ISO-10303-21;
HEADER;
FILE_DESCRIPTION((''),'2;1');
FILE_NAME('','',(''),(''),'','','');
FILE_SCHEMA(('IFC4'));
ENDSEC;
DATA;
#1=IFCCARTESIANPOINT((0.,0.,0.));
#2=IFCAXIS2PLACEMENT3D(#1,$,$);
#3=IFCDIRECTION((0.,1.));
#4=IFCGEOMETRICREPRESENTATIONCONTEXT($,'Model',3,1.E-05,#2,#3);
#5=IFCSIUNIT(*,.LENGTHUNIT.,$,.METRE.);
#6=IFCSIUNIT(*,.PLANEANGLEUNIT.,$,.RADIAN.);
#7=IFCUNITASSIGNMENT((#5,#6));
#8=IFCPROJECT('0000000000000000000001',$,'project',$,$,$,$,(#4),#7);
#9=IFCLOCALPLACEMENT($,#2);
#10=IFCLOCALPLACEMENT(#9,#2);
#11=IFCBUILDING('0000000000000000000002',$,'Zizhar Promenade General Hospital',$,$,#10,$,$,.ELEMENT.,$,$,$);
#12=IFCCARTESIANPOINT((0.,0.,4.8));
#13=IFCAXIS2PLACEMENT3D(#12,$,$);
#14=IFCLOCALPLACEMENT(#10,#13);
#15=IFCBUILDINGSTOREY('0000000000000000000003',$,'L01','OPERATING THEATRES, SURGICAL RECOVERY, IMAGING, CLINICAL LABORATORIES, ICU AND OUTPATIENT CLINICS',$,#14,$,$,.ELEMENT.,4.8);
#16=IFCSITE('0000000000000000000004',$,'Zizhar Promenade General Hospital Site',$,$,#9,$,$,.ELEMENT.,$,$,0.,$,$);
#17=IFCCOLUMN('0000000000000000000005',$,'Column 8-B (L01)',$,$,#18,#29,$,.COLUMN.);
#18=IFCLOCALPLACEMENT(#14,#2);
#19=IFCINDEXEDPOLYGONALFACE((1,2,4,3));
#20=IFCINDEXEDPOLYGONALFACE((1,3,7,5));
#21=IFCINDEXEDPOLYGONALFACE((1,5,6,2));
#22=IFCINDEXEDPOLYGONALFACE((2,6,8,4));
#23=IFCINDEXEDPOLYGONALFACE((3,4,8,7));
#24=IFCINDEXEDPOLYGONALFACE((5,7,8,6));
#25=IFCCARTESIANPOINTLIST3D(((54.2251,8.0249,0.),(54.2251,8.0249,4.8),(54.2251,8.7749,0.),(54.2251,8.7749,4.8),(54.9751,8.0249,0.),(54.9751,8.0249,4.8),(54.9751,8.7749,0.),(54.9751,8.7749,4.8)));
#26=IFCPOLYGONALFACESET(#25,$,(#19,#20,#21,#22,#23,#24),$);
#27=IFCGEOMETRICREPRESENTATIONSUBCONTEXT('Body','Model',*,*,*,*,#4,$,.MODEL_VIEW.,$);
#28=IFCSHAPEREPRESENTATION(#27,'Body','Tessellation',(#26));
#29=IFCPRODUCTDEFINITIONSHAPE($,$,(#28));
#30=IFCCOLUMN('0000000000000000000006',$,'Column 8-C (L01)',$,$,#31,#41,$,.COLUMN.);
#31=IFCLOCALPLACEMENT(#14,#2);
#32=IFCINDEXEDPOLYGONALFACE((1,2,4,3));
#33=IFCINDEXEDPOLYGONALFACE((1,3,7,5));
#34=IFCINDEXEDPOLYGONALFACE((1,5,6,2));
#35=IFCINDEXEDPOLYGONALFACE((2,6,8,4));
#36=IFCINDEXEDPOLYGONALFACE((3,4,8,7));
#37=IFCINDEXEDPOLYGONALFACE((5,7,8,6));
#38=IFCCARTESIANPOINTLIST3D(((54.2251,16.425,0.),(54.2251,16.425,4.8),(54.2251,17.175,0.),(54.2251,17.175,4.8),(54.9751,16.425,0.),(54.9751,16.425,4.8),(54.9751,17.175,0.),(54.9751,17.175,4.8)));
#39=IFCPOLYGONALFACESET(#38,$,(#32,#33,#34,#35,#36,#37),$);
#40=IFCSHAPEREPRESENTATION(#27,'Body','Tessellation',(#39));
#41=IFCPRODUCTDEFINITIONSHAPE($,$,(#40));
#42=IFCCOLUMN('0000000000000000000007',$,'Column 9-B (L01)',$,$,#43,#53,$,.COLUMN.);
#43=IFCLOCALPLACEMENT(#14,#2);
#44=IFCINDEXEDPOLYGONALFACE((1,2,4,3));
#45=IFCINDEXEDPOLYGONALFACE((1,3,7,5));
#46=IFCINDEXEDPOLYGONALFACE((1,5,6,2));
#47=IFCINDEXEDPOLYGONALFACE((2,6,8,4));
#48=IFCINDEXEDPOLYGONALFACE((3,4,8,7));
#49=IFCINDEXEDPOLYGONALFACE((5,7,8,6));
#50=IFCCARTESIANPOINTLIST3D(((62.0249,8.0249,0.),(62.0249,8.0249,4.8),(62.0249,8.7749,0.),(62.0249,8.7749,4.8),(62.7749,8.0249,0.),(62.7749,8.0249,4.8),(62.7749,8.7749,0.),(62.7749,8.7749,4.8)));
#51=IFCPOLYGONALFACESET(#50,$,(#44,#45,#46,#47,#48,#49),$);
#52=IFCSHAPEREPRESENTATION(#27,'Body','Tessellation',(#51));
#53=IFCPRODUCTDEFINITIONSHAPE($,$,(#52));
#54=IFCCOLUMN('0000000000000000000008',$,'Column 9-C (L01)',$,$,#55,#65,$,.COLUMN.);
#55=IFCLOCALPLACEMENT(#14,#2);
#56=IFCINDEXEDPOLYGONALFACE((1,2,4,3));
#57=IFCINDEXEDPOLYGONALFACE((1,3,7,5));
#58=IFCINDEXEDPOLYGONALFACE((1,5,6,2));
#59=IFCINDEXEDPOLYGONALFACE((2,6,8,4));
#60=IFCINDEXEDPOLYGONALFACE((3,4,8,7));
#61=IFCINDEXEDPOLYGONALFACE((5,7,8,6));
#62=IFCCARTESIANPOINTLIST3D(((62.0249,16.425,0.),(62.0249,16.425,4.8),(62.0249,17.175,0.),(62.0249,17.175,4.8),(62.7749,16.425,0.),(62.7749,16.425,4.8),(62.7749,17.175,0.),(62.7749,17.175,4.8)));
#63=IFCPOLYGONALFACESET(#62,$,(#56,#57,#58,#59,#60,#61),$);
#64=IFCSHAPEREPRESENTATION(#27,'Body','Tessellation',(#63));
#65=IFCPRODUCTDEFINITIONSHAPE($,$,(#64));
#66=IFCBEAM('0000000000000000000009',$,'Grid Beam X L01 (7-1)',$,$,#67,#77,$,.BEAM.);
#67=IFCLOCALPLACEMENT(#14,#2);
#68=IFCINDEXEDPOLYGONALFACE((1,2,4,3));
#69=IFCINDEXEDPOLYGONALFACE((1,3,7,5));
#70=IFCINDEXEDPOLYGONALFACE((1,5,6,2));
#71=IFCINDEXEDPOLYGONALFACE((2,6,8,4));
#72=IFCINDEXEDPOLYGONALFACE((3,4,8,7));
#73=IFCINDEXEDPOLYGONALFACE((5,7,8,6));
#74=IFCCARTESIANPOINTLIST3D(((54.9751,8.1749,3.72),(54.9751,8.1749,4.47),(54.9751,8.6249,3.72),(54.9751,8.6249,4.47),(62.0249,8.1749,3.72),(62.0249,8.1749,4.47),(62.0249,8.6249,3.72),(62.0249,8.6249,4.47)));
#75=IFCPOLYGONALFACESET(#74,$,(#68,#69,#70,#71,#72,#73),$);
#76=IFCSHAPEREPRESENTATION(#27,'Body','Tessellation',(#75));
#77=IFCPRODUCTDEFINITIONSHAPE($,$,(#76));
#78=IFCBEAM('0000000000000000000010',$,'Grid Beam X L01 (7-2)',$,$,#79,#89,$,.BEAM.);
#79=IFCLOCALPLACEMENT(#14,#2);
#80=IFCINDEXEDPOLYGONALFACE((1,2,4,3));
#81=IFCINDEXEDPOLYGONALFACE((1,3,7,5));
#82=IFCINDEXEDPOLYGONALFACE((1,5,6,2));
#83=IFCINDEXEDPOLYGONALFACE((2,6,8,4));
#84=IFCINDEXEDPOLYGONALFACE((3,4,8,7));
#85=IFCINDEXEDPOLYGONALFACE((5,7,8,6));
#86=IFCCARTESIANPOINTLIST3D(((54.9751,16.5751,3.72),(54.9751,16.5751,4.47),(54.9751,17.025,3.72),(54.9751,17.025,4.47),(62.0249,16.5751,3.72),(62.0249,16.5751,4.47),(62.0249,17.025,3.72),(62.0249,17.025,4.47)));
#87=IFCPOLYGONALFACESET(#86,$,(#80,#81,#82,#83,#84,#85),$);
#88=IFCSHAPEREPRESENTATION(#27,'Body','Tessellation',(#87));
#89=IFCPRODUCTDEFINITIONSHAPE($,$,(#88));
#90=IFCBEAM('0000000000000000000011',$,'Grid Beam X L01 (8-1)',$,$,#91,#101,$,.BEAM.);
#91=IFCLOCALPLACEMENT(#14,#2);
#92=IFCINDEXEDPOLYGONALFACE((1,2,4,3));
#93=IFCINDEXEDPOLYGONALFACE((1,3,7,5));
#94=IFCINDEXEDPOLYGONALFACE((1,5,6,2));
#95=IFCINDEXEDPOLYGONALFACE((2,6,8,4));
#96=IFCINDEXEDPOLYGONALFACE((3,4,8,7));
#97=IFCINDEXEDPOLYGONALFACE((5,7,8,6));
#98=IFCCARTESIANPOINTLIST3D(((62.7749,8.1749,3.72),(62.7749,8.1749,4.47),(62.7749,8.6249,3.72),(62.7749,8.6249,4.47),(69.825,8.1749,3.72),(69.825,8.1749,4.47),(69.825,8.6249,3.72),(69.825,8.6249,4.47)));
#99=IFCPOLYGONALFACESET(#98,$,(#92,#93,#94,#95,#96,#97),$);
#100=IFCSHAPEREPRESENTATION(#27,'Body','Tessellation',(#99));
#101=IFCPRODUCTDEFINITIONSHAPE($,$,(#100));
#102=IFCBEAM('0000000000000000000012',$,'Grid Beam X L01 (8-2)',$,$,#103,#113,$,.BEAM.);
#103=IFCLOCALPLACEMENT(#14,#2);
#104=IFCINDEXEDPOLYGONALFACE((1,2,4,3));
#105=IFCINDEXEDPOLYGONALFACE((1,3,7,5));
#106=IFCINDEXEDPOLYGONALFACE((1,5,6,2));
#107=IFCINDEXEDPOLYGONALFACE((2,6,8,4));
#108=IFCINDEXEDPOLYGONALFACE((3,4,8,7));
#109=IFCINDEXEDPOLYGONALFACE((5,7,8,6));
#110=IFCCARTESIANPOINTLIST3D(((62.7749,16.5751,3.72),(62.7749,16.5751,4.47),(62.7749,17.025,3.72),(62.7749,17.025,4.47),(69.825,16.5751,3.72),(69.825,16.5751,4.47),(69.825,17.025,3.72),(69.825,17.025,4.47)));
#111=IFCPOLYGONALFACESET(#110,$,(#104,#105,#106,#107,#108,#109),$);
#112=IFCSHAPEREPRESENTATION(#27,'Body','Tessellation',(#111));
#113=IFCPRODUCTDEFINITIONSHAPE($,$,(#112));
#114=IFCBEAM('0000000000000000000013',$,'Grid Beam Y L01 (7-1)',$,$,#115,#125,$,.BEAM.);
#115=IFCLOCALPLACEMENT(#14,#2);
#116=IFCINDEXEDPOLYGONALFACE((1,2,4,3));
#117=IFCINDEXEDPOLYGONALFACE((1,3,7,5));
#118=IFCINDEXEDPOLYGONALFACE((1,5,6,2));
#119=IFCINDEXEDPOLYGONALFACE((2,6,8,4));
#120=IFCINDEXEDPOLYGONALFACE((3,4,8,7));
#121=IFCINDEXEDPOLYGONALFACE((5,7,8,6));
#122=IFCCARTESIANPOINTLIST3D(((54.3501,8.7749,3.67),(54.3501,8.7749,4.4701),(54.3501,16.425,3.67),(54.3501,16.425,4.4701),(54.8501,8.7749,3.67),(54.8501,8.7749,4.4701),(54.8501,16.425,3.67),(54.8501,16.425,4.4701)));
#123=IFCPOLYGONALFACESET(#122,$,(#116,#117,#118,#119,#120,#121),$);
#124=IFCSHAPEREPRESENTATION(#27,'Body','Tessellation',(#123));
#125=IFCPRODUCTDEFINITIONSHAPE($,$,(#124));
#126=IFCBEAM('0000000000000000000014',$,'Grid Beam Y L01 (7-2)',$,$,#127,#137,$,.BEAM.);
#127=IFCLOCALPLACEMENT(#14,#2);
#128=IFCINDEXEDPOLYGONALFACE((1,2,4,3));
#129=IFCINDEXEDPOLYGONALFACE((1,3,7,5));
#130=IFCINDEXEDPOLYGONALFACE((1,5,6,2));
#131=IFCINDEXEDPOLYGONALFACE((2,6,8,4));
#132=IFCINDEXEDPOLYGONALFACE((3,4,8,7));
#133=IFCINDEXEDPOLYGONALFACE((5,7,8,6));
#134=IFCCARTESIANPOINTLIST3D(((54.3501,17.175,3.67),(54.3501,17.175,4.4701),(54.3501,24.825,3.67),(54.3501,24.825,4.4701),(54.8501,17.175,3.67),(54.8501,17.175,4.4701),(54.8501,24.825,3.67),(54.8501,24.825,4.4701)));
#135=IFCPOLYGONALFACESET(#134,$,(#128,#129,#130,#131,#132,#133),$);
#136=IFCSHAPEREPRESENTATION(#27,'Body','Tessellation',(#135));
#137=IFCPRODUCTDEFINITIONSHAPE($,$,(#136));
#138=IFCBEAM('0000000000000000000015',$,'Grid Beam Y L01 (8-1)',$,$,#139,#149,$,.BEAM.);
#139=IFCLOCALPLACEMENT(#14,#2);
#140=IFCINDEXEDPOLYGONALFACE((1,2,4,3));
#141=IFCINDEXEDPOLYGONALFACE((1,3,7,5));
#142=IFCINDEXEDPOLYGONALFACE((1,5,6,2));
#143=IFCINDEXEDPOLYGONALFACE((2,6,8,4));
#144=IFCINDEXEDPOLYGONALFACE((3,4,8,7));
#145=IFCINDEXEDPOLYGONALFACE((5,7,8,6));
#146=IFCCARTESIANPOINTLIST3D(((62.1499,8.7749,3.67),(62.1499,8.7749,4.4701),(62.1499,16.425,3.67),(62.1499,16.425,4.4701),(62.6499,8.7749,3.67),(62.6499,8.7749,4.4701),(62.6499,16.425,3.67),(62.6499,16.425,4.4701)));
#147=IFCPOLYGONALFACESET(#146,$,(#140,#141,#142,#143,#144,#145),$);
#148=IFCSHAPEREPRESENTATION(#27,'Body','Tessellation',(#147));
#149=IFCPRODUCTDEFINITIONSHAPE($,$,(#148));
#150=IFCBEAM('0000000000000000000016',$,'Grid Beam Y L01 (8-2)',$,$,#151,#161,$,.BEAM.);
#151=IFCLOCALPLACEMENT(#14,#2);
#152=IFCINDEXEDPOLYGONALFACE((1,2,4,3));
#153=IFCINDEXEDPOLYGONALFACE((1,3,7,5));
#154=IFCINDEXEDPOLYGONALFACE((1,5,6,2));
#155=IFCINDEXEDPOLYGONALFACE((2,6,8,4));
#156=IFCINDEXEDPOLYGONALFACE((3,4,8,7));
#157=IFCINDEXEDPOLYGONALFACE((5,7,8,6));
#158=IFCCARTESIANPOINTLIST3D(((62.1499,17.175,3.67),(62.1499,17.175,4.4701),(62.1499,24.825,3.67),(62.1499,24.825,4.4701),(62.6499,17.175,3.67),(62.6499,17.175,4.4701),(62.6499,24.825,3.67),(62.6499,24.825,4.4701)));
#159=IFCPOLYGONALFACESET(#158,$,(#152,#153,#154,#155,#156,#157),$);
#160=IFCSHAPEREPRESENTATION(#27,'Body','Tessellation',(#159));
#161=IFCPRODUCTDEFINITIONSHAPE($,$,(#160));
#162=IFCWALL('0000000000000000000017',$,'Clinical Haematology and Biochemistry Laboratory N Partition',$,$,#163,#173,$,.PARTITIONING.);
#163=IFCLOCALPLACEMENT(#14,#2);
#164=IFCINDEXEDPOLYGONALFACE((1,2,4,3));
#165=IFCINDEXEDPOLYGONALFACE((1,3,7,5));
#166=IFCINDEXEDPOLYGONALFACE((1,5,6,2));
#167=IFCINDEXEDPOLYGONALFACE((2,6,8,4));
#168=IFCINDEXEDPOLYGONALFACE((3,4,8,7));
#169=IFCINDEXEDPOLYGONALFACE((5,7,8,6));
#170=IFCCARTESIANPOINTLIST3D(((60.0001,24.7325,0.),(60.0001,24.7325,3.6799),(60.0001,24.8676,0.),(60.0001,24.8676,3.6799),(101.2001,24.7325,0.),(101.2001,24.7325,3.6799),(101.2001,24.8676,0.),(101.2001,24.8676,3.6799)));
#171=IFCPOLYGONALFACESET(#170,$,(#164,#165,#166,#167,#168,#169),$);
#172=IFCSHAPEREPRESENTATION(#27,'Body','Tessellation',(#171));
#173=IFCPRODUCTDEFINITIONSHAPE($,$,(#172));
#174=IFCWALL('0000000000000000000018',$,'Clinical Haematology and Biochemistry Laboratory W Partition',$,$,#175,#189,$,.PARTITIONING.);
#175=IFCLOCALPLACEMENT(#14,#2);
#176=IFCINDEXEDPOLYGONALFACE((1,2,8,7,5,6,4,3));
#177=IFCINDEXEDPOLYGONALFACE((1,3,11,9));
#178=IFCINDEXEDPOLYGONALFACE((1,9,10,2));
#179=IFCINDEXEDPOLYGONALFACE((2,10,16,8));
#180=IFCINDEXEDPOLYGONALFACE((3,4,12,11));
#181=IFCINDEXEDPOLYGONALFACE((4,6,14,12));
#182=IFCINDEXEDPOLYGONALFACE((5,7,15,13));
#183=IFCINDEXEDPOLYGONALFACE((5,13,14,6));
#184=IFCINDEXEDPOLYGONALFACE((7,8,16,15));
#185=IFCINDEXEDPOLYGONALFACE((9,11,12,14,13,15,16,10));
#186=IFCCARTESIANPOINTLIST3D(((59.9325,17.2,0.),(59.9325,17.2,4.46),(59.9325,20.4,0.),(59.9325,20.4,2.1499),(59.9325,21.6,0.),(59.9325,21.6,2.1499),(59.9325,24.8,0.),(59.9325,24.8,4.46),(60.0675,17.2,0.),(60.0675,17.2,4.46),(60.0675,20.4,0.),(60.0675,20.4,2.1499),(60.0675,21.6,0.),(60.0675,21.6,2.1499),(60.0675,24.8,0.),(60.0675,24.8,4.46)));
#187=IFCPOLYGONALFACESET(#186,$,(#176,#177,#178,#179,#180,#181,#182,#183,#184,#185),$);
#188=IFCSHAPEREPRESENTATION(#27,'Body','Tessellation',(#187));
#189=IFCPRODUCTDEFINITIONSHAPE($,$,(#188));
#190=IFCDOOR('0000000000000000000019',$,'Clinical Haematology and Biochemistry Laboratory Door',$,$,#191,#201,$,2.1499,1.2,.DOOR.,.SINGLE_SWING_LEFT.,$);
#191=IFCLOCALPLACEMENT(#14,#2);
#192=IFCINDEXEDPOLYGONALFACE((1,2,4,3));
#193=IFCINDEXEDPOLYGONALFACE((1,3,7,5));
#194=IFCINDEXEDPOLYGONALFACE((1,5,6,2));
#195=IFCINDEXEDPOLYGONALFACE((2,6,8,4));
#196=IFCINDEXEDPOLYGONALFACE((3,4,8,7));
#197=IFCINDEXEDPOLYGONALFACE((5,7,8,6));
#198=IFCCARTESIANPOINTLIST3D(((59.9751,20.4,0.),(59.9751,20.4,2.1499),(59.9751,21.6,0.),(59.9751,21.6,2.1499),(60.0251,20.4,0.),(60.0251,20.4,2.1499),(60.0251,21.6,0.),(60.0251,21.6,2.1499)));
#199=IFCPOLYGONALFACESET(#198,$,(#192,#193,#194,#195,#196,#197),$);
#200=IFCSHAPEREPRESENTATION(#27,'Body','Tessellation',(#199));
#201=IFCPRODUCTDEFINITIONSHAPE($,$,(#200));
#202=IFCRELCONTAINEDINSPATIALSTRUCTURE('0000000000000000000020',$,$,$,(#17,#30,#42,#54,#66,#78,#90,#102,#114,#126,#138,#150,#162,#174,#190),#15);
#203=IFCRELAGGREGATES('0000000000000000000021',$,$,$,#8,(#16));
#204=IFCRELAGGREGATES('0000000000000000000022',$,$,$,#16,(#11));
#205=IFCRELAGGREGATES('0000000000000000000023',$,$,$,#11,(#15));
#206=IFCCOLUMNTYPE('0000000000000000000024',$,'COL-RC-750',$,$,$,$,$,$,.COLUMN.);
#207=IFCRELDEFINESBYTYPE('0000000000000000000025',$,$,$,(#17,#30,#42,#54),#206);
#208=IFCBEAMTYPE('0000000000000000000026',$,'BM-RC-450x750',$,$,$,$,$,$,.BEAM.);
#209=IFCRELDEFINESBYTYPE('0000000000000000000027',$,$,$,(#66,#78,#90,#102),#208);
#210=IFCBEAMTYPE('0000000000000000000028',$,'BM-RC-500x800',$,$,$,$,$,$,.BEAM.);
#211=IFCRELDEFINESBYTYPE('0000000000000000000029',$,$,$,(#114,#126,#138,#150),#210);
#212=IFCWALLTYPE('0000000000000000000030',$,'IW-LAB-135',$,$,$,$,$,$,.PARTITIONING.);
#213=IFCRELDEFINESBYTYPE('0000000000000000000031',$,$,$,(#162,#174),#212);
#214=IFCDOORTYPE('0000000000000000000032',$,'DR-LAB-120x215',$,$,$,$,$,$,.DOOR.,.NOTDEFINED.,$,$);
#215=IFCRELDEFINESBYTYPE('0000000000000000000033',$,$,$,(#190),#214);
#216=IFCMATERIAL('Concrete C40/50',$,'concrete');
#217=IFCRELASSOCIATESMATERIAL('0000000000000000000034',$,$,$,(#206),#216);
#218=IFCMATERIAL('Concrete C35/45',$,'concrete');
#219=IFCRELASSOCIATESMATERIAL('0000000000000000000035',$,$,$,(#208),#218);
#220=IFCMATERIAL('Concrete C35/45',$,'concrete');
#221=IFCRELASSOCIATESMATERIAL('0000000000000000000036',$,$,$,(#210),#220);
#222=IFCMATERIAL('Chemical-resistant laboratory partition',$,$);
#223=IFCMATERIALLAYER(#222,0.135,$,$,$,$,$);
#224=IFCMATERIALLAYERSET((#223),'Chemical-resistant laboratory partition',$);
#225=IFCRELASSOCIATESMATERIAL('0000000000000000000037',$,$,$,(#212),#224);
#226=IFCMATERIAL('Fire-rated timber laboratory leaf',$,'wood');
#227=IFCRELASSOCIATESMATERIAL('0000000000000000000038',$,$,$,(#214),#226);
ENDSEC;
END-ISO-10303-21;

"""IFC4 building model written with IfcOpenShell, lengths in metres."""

from ifc_helpers import new_model, si_unit, direction, frame, frame_2d, origin, origin_2d, place, context, subcontext, project, spatial, rectangle, extrude, material, layer, layer_set, material_profile, profile_set, type_object, element, fill, save


model = new_model("IFC4")

# Units and contexts
model_context = context("Model", 3, precision=1e-05, world=origin(), true_north=direction((0.0, 1.0)))
body_context = subcontext(model_context, "Body", "Model", "MODEL_VIEW")
ifc_project = project(units=[si_unit("LENGTHUNIT", "METRE"), si_unit("PLANEANGLEUNIT", "RADIAN")], contexts=[model_context])

# Site, building, storey
site_placement = place(None, origin())
site = spatial("IfcSite", under=ifc_project, at=site_placement, Name="Zizhar Promenade General Hospital Site", CompositionType="ELEMENT", RefElevation=0.0)
building_placement = place(site_placement, origin())
building = spatial("IfcBuilding", under=site, at=building_placement, Name="Zizhar Promenade General Hospital", CompositionType="ELEMENT")
storey_placement = place(building_placement, frame((0.0, 0.0, 4.8)))
storey = spatial("IfcBuildingStorey", under=building, at=storey_placement, Name="L01", Description="OPERATING THEATRES, SURGICAL RECOVERY, IMAGING, CLINICAL LABORATORIES, ICU AND OUTPATIENT CLINICS", CompositionType="ELEMENT", Elevation=4.8)

# Columns
ifc_material_1 = material(Name="Concrete C40/50", Category="concrete")
ifc_material_profile_1 = material_profile(ifc_material_1, rectangle(XDim=0.75, YDim=0.75, at=origin_2d()))
ifc_profile_set_1 = profile_set([ifc_material_profile_1], Name="Concrete C40/50")
column_type = type_object("IfcColumnType", Name="COL-RC-750", PredefinedType="COLUMN", material=ifc_profile_set_1)
for number, where, z_axis, x_axis, name in (
    (1, (54.6001, 8.3999, 0.0), (0.0, 0.0, 1.0), (1.0, 0.0, 0.0), "Column 8-B (L01)"),
    (2, (54.6001, 16.8, 0.0), (0.0, 0.0, 1.0), (1.0, 0.0, 0.0), "Column 8-C (L01)"),
    (3, (62.3999, 8.3999, 0.0), (0.0, 0.0, 1.0), (1.0, 0.0, 0.0), "Column 9-B (L01)"),
    (4, (62.3999, 16.8, 0.0), (0.0, 0.0, 1.0), (1.0, 0.0, 0.0), "Column 9-C (L01)"),
):
    element("IfcColumn", number, at=place(storey_placement, frame(where, z_axis=z_axis, x_axis=x_axis)), inside=storey, type_object=column_type, Name=name, PredefinedType="COLUMN", context=body_context, shape_type="SweptSolid", body=[
        extrude(rectangle(XDim=0.75, YDim=0.75, at=origin_2d()), origin(), (0.0, 0.0, 1.0), 4.8),
    ])

# Beams
ifc_material_2 = material(Name="Concrete C35/45", Category="concrete")
ifc_material_profile_2 = material_profile(ifc_material_2, rectangle(XDim=0.45, YDim=0.75, at=origin_2d()))
ifc_profile_set_2 = profile_set([ifc_material_profile_2], Name="Concrete C35/45")
beam_type_1 = type_object("IfcBeamType", Name="BM-RC-450x750", PredefinedType="BEAM", material=ifc_profile_set_2)
for number, where, z_axis, x_axis, name in (
    (5, (54.9751, 8.3999, 4.095), (1.0, 0.0, 0.0), (0.0, 1.0, 0.0), "Grid Beam X L01 (7-1)"),
    (6, (54.9751, 16.8, 4.095), (1.0, 0.0, 0.0), (0.0, 1.0, 0.0), "Grid Beam X L01 (7-2)"),
):
    element("IfcBeam", number, at=place(storey_placement, frame(where, z_axis=z_axis, x_axis=x_axis)), inside=storey, type_object=beam_type_1, Name=name, PredefinedType="BEAM", context=body_context, shape_type="SweptSolid", body=[
        extrude(rectangle(XDim=0.45, YDim=0.75, at=origin_2d()), origin(), (0.0, 0.0, 1.0), 7.0498),
    ])
for number, where, z_axis, x_axis, name in (
    (7, (62.7749, 8.3999, 4.095), (1.0, 0.0, 0.0), (0.0, 1.0, 0.0), "Grid Beam X L01 (8-1)"),
    (8, (62.7749, 16.8, 4.095), (1.0, 0.0, 0.0), (0.0, 1.0, 0.0), "Grid Beam X L01 (8-2)"),
):
    element("IfcBeam", number, at=place(storey_placement, frame(where, z_axis=z_axis, x_axis=x_axis)), inside=storey, type_object=beam_type_1, Name=name, PredefinedType="BEAM", context=body_context, shape_type="SweptSolid", body=[
        extrude(rectangle(XDim=0.45, YDim=0.75, at=origin_2d()), origin(), (0.0, 0.0, 1.0), 7.05),
    ])
ifc_material_3 = material(Name="Concrete C35/45", Category="concrete")
ifc_material_profile_3 = material_profile(ifc_material_3, rectangle(XDim=0.5, YDim=0.8, at=origin_2d()))
ifc_profile_set_3 = profile_set([ifc_material_profile_3], Name="Concrete C35/45")
beam_type_2 = type_object("IfcBeamType", Name="BM-RC-500x800", PredefinedType="BEAM", material=ifc_profile_set_3)
beam_1_placement = place(storey_placement, frame((54.6001, 8.7749, 4.0701), z_axis=(0.0, 1.0, 0.0), x_axis=(-1.0, 0.0, 0.0)))
element("IfcBeam", 9, at=beam_1_placement, inside=storey, type_object=beam_type_2, Name="Grid Beam Y L01 (7-1)", PredefinedType="BEAM", context=body_context, shape_type="SweptSolid", body=[
    extrude(rectangle(XDim=0.5, YDim=0.8, at=origin_2d()), origin(), (0.0, 0.0, 1.0), 7.6501),
])
beam_2_placement = place(storey_placement, frame((54.6001, 17.175, 4.0701), z_axis=(0.0, 1.0, 0.0), x_axis=(-1.0, 0.0, 0.0)))
element("IfcBeam", 10, at=beam_2_placement, inside=storey, type_object=beam_type_2, Name="Grid Beam Y L01 (7-2)", PredefinedType="BEAM", context=body_context, shape_type="SweptSolid", body=[
    extrude(rectangle(XDim=0.5, YDim=0.8, at=origin_2d()), origin(), (0.0, 0.0, 1.0), 7.6499),
])
beam_3_placement = place(storey_placement, frame((62.3999, 8.7749, 4.0701), z_axis=(0.0, 1.0, 0.0), x_axis=(-1.0, 0.0, 0.0)))
element("IfcBeam", 11, at=beam_3_placement, inside=storey, type_object=beam_type_2, Name="Grid Beam Y L01 (8-1)", PredefinedType="BEAM", context=body_context, shape_type="SweptSolid", body=[
    extrude(rectangle(XDim=0.5, YDim=0.8, at=origin_2d()), origin(), (0.0, 0.0, 1.0), 7.6501),
])
beam_4_placement = place(storey_placement, frame((62.3999, 17.175, 4.0701), z_axis=(0.0, 1.0, 0.0), x_axis=(-1.0, 0.0, 0.0)))
element("IfcBeam", 12, at=beam_4_placement, inside=storey, type_object=beam_type_2, Name="Grid Beam Y L01 (8-2)", PredefinedType="BEAM", context=body_context, shape_type="SweptSolid", body=[
    extrude(rectangle(XDim=0.5, YDim=0.8, at=origin_2d()), origin(), (0.0, 0.0, 1.0), 7.6499),
])

# Wall
ifc_material_4 = material(Name="Chemical-resistant laboratory partition")
ifc_layer_1 = layer(ifc_material_4, 0.135)
ifc_layer_set_1 = layer_set([ifc_layer_1], Name="Chemical-resistant laboratory partition")
wall_type_1 = type_object("IfcWallType", Name="IW-LAB-135", PredefinedType="PARTITIONING", material=ifc_layer_set_1)
wall_1_placement = place(storey_placement, frame((60.0, 24.8, 0.0), z_axis=(0.0, 0.0, 1.0), x_axis=(1.0, 0.0, 0.0)))
element("IfcWall", 13, at=wall_1_placement, inside=storey, type_object=wall_type_1, Name="Clinical Haematology and Biochemistry Laboratory N Partition", PredefinedType="PARTITIONING", context=body_context, shape_type="SweptSolid", body=[
    extrude(rectangle(XDim=41.2, YDim=0.135, at=frame_2d((20.6001, 0.0))), origin(), (0.0, 0.0, 1.0), 3.6799),
])

# Wall, opening, door
wall_2_placement = place(storey_placement, frame((60.0, 17.2, 0.0), z_axis=(0.0, 0.0, 1.0), x_axis=(0.0, 1.0, 0.0)))
wall_2 = element("IfcWall", 14, at=wall_2_placement, inside=storey, type_object=wall_type_1, Name="Clinical Haematology and Biochemistry Laboratory W Partition", PredefinedType="PARTITIONING", context=body_context, shape_type="SweptSolid", body=[
    extrude(rectangle(XDim=7.6001, YDim=0.135, at=frame_2d((3.8, 0.0))), origin(), (0.0, 0.0, 1.0), 4.46),
])
opening_1_placement = place(wall_2_placement, frame((3.2, 0.0, 0.0)))
opening_1 = element("IfcOpeningElement", 15, at=opening_1_placement, cuts=wall_2, PredefinedType="OPENING", context=body_context, shape_type="SweptSolid", body=[
    extrude(rectangle(XDim=1.2, YDim=2.1499, at=frame_2d((0.6001, 1.075))), frame((0.0, 0.0776, 0.0), z_axis=(0.0, -1.0, 0.0), x_axis=(1.0, 0.0, 0.0)), (0.0, 0.0, 1.0), 0.155),
])
ifc_material_5 = material(Name="Fire-rated timber laboratory leaf", Category="wood")
door_type_1 = type_object("IfcDoorType", Name="DR-LAB-120x215", OperationType="NOTDEFINED", PredefinedType="DOOR", material=ifc_material_5)
door_1_placement = place(opening_1_placement, origin())
door_1 = element("IfcDoor", 16, at=door_1_placement, inside=storey, type_object=door_type_1, Name="Clinical Haematology and Biochemistry Laboratory Door", OperationType="SINGLE_SWING_LEFT", OverallHeight=2.1499, OverallWidth=1.2, PredefinedType="DOOR", context=body_context, shape_type="SweptSolid", body=[
    extrude(rectangle(XDim=1.2, YDim=2.1499, at=frame_2d((0.6001, 1.075))), frame((0.0, 0.0249, 0.0), z_axis=(0.0, -1.0, 0.0), x_axis=(1.0, 0.0, 0.0)), (0.0, 0.0, 1.0), 0.05),
])
fill(opening_1, door_1)

save(model, "model.ifc")
